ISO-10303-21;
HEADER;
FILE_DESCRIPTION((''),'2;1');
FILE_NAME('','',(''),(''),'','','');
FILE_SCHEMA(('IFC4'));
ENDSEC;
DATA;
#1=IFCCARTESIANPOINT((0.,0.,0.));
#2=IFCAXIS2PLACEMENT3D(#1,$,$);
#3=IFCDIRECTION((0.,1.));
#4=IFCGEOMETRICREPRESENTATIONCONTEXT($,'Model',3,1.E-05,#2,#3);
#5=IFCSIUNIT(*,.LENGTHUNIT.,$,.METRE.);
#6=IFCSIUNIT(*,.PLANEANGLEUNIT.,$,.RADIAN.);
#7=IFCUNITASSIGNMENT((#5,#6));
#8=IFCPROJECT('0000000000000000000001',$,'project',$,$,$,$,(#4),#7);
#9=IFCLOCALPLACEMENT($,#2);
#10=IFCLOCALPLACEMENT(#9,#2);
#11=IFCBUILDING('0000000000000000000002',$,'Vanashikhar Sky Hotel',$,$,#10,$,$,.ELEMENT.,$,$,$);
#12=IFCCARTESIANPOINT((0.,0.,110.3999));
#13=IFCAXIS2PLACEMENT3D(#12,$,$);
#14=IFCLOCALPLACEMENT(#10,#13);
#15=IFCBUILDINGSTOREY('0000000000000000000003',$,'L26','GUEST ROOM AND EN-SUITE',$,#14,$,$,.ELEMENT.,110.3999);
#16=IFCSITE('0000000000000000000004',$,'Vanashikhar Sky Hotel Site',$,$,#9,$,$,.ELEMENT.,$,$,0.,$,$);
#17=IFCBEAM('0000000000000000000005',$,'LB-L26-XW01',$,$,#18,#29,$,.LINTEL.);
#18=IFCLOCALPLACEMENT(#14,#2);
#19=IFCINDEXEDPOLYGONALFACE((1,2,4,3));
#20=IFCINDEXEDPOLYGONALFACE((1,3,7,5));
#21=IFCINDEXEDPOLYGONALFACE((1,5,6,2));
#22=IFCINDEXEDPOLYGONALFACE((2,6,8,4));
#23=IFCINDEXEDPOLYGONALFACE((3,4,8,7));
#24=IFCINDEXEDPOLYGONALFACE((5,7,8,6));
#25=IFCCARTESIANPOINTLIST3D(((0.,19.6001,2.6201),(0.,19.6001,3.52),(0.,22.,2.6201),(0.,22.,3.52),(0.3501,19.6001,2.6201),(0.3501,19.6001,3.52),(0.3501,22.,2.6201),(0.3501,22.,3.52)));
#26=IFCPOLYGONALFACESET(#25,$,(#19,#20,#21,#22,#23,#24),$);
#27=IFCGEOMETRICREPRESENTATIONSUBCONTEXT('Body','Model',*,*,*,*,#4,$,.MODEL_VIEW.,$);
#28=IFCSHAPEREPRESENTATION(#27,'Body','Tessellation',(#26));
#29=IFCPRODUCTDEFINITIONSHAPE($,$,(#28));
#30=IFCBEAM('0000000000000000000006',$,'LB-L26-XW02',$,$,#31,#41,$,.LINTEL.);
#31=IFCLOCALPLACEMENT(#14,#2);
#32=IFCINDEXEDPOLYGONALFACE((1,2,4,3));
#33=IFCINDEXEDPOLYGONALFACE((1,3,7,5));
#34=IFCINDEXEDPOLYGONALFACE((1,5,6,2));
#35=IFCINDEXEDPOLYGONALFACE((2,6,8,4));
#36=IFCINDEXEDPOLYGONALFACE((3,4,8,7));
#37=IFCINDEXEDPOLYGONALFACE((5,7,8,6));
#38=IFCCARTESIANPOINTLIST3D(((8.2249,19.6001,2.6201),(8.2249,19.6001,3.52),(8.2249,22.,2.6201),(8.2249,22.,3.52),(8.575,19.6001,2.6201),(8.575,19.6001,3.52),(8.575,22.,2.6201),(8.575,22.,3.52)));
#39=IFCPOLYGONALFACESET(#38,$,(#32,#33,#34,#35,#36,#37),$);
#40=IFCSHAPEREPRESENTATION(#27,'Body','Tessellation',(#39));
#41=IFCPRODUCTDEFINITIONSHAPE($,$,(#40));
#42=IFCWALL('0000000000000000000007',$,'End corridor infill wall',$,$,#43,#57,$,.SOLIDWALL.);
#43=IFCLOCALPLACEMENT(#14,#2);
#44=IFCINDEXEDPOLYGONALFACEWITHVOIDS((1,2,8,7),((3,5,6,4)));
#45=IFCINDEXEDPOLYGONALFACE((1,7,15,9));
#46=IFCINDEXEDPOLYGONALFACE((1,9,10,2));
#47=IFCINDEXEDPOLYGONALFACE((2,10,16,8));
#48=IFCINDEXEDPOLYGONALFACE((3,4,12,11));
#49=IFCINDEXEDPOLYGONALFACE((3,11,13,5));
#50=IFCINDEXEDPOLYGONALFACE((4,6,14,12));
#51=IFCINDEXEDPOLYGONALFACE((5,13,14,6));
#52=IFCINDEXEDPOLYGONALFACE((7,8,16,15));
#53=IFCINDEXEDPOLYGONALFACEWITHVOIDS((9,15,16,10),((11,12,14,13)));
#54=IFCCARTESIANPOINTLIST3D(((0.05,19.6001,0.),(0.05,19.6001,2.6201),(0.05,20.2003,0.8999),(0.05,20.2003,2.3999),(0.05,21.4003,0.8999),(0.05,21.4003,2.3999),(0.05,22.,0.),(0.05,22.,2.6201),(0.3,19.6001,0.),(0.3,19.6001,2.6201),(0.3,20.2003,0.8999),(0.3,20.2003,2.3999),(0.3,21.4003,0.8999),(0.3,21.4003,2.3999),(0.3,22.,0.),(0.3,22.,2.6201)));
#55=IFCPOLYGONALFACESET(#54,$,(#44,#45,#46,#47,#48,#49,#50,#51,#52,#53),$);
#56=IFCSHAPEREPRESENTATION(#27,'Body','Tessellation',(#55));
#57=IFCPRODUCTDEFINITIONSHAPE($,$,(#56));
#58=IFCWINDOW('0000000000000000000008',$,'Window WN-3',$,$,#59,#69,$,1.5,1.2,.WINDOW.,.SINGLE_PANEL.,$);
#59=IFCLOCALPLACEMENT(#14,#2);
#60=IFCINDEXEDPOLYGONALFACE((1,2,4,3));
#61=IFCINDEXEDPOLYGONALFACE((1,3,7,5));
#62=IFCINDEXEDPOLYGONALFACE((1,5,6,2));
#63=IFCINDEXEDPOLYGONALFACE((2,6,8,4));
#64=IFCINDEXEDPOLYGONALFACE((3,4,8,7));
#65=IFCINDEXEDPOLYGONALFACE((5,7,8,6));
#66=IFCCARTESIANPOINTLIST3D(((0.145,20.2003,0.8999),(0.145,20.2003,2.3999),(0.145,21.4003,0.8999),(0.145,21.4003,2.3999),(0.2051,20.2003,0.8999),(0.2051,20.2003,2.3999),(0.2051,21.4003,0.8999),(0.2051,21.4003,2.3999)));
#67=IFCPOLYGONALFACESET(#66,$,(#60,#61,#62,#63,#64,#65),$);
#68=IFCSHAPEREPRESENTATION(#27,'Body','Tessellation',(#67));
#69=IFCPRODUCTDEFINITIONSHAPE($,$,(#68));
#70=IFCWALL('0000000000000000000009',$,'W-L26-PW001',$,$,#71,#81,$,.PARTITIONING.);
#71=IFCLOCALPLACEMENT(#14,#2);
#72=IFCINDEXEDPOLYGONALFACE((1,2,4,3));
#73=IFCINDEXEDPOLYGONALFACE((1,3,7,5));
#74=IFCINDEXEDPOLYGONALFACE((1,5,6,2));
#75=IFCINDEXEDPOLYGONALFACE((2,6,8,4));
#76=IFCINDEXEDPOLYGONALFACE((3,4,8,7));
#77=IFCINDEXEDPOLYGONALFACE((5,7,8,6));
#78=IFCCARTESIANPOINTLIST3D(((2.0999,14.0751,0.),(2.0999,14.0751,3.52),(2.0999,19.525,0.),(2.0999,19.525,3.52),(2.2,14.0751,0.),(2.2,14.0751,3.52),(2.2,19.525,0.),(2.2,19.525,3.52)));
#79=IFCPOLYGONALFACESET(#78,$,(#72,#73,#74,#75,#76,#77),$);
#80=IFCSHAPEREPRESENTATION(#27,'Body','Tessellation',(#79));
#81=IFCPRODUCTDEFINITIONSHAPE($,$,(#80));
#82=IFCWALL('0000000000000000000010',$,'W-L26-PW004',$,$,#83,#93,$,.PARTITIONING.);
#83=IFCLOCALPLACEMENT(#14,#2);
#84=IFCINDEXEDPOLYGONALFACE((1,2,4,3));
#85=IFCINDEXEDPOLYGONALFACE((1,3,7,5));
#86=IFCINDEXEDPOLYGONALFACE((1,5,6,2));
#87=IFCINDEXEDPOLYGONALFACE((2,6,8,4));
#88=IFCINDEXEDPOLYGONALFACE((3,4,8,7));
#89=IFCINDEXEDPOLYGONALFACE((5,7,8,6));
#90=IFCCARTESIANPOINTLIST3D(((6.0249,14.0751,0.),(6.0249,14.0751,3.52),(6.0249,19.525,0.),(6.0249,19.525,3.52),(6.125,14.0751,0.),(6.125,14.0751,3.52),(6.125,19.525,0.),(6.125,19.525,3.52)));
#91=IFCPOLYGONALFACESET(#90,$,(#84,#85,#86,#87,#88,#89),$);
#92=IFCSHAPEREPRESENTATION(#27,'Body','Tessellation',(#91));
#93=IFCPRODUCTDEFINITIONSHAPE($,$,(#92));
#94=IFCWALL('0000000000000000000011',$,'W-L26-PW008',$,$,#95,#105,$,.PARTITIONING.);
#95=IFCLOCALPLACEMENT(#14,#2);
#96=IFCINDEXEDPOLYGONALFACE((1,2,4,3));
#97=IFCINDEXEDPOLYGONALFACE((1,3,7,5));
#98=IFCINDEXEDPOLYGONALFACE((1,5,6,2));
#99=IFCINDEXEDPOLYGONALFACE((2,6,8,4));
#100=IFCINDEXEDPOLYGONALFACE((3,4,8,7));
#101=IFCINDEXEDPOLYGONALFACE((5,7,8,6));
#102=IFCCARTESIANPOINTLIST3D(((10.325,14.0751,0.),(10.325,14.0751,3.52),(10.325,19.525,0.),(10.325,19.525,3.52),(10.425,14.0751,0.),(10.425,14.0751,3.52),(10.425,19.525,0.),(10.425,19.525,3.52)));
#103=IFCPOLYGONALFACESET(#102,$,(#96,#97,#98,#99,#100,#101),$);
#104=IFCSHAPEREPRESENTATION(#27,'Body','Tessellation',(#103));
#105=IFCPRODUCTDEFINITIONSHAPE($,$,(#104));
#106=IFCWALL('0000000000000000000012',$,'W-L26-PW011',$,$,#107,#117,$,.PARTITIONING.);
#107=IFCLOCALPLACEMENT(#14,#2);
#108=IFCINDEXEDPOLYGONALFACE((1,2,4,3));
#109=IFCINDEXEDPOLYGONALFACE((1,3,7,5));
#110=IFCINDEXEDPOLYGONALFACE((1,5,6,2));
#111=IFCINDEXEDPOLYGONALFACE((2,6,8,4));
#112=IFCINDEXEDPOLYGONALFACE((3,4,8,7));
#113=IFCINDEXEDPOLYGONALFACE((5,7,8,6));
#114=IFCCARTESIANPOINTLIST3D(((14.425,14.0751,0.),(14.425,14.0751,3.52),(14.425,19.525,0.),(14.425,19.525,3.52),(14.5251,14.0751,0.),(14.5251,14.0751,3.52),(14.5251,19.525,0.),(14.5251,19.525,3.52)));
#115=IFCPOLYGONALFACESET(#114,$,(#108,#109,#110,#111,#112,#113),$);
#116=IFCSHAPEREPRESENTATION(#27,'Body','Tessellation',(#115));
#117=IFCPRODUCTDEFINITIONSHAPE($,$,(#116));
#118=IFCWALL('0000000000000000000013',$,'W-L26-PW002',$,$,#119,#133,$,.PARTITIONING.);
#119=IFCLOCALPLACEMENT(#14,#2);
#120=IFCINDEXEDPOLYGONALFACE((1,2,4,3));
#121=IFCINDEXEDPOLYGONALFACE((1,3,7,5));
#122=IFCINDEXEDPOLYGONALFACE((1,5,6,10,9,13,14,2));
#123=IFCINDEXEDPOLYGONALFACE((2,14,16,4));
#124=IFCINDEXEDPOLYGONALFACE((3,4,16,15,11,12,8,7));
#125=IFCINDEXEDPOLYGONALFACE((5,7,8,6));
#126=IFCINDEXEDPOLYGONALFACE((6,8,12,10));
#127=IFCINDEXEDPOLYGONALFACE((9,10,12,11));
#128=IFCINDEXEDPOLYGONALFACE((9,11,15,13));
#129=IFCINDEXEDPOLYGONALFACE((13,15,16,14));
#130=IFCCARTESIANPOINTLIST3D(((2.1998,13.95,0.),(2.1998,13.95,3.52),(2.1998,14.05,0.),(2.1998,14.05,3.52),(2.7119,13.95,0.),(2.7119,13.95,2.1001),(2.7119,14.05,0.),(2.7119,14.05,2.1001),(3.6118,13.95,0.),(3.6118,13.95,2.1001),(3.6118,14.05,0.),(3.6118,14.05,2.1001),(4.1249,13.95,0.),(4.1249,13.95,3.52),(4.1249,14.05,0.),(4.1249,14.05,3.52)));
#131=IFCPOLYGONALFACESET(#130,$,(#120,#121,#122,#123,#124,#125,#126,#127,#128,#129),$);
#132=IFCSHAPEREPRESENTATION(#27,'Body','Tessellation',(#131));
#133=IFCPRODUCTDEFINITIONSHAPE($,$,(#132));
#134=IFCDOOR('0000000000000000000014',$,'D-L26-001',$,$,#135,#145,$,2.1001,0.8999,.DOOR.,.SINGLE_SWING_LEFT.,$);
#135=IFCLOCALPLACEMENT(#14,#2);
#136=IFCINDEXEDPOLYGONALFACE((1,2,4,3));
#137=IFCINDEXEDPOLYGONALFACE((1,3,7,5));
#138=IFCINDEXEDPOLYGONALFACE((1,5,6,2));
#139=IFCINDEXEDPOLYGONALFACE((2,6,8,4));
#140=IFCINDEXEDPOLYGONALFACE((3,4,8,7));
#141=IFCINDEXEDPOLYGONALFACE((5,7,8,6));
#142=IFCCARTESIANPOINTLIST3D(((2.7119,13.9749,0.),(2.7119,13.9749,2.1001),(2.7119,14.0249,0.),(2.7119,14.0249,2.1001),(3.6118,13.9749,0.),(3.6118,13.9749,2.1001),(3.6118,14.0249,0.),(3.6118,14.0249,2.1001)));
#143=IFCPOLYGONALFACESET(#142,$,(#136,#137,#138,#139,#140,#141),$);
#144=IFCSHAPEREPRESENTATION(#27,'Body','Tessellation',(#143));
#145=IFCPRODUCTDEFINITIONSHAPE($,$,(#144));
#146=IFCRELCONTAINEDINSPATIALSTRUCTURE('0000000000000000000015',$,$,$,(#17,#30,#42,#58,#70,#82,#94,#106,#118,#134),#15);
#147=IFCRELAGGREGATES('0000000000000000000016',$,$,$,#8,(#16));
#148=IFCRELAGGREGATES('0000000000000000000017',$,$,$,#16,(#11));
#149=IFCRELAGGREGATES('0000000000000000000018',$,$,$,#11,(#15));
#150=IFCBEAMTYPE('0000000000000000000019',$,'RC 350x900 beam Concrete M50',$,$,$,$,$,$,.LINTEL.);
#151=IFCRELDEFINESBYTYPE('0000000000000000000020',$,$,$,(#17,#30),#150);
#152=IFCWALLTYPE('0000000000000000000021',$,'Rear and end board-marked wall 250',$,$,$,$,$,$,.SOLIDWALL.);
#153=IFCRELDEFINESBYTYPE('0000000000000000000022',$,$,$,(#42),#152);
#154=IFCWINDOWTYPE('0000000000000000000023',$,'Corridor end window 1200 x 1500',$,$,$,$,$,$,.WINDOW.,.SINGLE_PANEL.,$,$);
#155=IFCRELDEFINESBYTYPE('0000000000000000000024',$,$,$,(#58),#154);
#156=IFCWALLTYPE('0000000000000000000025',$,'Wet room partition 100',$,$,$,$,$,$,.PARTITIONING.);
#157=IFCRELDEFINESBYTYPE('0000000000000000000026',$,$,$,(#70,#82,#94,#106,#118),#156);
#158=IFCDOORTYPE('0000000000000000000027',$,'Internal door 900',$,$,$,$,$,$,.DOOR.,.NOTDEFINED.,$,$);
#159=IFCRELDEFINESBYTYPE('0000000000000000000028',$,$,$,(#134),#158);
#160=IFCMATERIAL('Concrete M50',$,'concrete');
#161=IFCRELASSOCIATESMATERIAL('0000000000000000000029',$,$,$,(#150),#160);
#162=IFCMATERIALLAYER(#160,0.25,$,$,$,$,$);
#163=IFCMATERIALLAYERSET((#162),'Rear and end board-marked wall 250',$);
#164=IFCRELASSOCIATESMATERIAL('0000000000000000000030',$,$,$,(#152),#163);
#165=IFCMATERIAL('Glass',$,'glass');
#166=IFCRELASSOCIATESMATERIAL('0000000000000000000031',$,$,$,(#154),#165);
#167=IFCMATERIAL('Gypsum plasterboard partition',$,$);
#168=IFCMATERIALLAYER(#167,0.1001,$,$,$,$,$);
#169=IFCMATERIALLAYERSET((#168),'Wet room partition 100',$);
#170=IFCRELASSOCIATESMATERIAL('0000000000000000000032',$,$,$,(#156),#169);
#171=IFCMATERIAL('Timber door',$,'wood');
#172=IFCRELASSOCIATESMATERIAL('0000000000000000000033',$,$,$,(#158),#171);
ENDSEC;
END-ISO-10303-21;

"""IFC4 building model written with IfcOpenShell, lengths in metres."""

from ifc_helpers import new_model, si_unit, direction, frame, frame_2d, origin, origin_2d, place, context, subcontext, project, spatial, rectangle, extrude, source, transform, mapped, material, layer, layer_set, material_profile, profile_set, type_object, element, fill, save


model = new_model("IFC4")

# Units and contexts
model_context = context("Model", 3, precision=1e-05, world=origin(), true_north=direction((0.0, 1.0)))
body_context = subcontext(model_context, "Body", "Model", "MODEL_VIEW")
ifc_project = project(units=[si_unit("LENGTHUNIT", "METRE"), si_unit("PLANEANGLEUNIT", "RADIAN")], contexts=[model_context])

# Site, building, storey
site_placement = place(None, origin())
site = spatial("IfcSite", under=ifc_project, at=site_placement, Name="Vanashikhar Sky Hotel Site", CompositionType="ELEMENT", RefElevation=0.0)
building_placement = place(site_placement, origin())
building = spatial("IfcBuilding", under=site, at=building_placement, Name="Vanashikhar Sky Hotel", CompositionType="ELEMENT")
storey_placement = place(building_placement, frame((0.0, 0.0, 110.3999)))
storey = spatial("IfcBuildingStorey", under=building, at=storey_placement, Name="L26", Description="GUEST ROOM AND EN-SUITE", CompositionType="ELEMENT", Elevation=110.3999)

# Beams
ifc_material_1 = material(Name="Concrete M50", Category="concrete")
ifc_material_profile = material_profile(ifc_material_1, rectangle(XDim=0.3501, YDim=0.8999, at=origin_2d()))
ifc_profile_set = profile_set([ifc_material_profile], Name="RC 350x900 beam Concrete M50")
beam_type = type_object("IfcBeamType", Name="RC 350x900 beam Concrete M50", PredefinedType="LINTEL", material=ifc_profile_set)
shared_shape_1 = source(origin(), body_context, "Body", "SweptSolid", [
    extrude(rectangle(XDim=0.3501, YDim=0.8999, at=origin_2d()), origin(), (0.0, 0.0, 1.0), 2.3999),
])
for number, where, z_axis, x_axis, name in (
    (1, (0.175, 19.6001, 3.0701), (0.0, 1.0, 0.0), (-1.0, 0.0, 0.0), "LB-L26-XW01"),
    (2, (8.3999, 19.6001, 3.0701), (0.0, 1.0, 0.0), (-1.0, 0.0, 0.0), "LB-L26-XW02"),
):
    element("IfcBeam", number, at=place(storey_placement, frame(where, z_axis=z_axis, x_axis=x_axis)), inside=storey, type_object=beam_type, Name=name, PredefinedType="LINTEL", context=body_context, shape_type="MappedRepresentation", body=[
        mapped(shared_shape_1, transform((0.0, 0.0, 0.0), scale=1.0)),
    ])

# Wall, opening, window
ifc_layer_1 = layer(ifc_material_1, 0.25)
ifc_layer_set_1 = layer_set([ifc_layer_1], Name="Rear and end board-marked wall 250")
wall_type_1 = type_object("IfcWallType", Name="Rear and end board-marked wall 250", PredefinedType="SOLIDWALL", material=ifc_layer_set_1)
shared_shape_2 = source(origin(), body_context, "Body", "SweptSolid", [
    extrude(rectangle(XDim=2.3999, YDim=0.25, at=frame_2d((1.2, 0.0))), origin(), (0.0, 0.0, 1.0), 2.6201),
])
wall_1_placement = place(storey_placement, frame((0.175, 19.6001, 0.0), z_axis=(0.0, 0.0, 1.0), x_axis=(0.0, 1.0, 0.0)))
wall_1 = element("IfcWall", 3, at=wall_1_placement, inside=storey, type_object=wall_type_1, Name="End corridor infill wall", PredefinedType="SOLIDWALL", context=body_context, shape_type="MappedRepresentation", body=[
    mapped(shared_shape_2, transform((0.0, 0.0, 0.0), scale=1.0)),
])
shared_shape_3 = source(origin(), body_context, "Body", "SweptSolid", [
    extrude(rectangle(XDim=1.2, YDim=1.5, at=frame_2d((0.6001, 0.75))), frame((0.0, 0.135, 0.0), z_axis=(0.0, -1.0, 0.0), x_axis=(1.0, 0.0, 0.0)), (0.0, 0.0, 1.0), 0.27),
])
opening_1_placement = place(wall_1_placement, frame((0.6001, 0.0, 0.8999)))
opening_1 = element("IfcOpeningElement", 4, at=opening_1_placement, cuts=wall_1, PredefinedType="OPENING", context=body_context, shape_type="MappedRepresentation", body=[
    mapped(shared_shape_3, transform((0.0, 0.0, 0.0), scale=1.0)),
])
ifc_material_2 = material(Name="Glass", Category="glass")
window_type = type_object("IfcWindowType", Name="Corridor end window 1200 x 1500", PartitioningType="SINGLE_PANEL", PredefinedType="WINDOW", material=ifc_material_2)
shared_shape_4 = source(origin(), body_context, "Body", "SweptSolid", [
    extrude(rectangle(XDim=1.2, YDim=1.5, at=frame_2d((0.6001, 0.75))), frame((0.0, 0.03, 0.0), z_axis=(0.0, -1.0, 0.0), x_axis=(1.0, 0.0, 0.0)), (0.0, 0.0, 1.0), 0.0601),
])
window_placement = place(opening_1_placement, origin())
window = element("IfcWindow", 5, at=window_placement, inside=storey, type_object=window_type, Name="Window WN-3", OverallHeight=1.5, OverallWidth=1.2, PartitioningType="SINGLE_PANEL", PredefinedType="WINDOW", context=body_context, shape_type="MappedRepresentation", body=[
    mapped(shared_shape_4, transform((0.0, 0.0, 0.0), scale=1.0)),
])
fill(opening_1, window)

# Walls
ifc_material_3 = material(Name="Gypsum plasterboard partition")
ifc_layer_2 = layer(ifc_material_3, 0.1001)
ifc_layer_set_2 = layer_set([ifc_layer_2], Name="Wet room partition 100")
wall_type_2 = type_object("IfcWallType", Name="Wet room partition 100", PredefinedType="PARTITIONING", material=ifc_layer_set_2)
shared_shape_5 = source(origin(), body_context, "Body", "SweptSolid", [
    extrude(rectangle(XDim=5.45, YDim=0.1001, at=frame_2d((2.7251, 0.0))), origin(), (0.0, 0.0, 1.0), 3.52),
])
for number, where, z_axis, x_axis, name in (
    (6, (2.1499, 14.075, 0.0), (0.0, 0.0, 1.0), (0.0, 1.0, 0.0), "W-L26-PW001"),
    (7, (6.075, 14.075, 0.0), (0.0, 0.0, 1.0), (0.0, 1.0, 0.0), "W-L26-PW004"),
    (8, (10.375, 14.075, 0.0), (0.0, 0.0, 1.0), (0.0, 1.0, 0.0), "W-L26-PW008"),
    (9, (14.4751, 14.075, 0.0), (0.0, 0.0, 1.0), (0.0, 1.0, 0.0), "W-L26-PW011"),
):
    element("IfcWall", number, at=place(storey_placement, frame(where, z_axis=z_axis, x_axis=x_axis)), inside=storey, type_object=wall_type_2, Name=name, PredefinedType="PARTITIONING", context=body_context, shape_type="MappedRepresentation", body=[
        mapped(shared_shape_5, transform((0.0, 0.0, 0.0), scale=1.0)),
    ])

# Wall, opening, door
shared_shape_6 = source(origin(), body_context, "Body", "SweptSolid", [
    extrude(rectangle(XDim=1.925, YDim=0.1001, at=frame_2d((0.9624, 0.0))), origin(), (0.0, 0.0, 1.0), 3.52),
])
wall_2_placement = place(storey_placement, frame((2.2, 14.0, 0.0), z_axis=(0.0, 0.0, 1.0), x_axis=(1.0, 0.0, 0.0)))
wall_2 = element("IfcWall", 10, at=wall_2_placement, inside=storey, type_object=wall_type_2, Name="W-L26-PW002", PredefinedType="PARTITIONING", context=body_context, shape_type="MappedRepresentation", body=[
    mapped(shared_shape_6, transform((0.0, 0.0, 0.0), scale=1.0)),
])
shared_shape_7 = source(origin(), body_context, "Body", "SweptSolid", [
    extrude(rectangle(XDim=0.8999, YDim=2.1001, at=frame_2d((0.45, 1.05))), frame((0.0, 0.0601, 0.0), z_axis=(0.0, -1.0, 0.0), x_axis=(1.0, 0.0, 0.0)), (0.0, 0.0, 1.0), 0.1201),
])
opening_2_placement = place(wall_2_placement, frame((0.512, 0.0, 0.0)))
opening_2 = element("IfcOpeningElement", 11, at=opening_2_placement, cuts=wall_2, PredefinedType="OPENING", context=body_context, shape_type="MappedRepresentation", body=[
    mapped(shared_shape_7, transform((0.0, 0.0, 0.0), scale=1.0)),
])
ifc_material_4 = material(Name="Timber door", Category="wood")
door_type_1 = type_object("IfcDoorType", Name="Internal door 900", OperationType="NOTDEFINED", PredefinedType="DOOR", material=ifc_material_4)
shared_shape_8 = source(origin(), body_context, "Body", "SweptSolid", [
    extrude(rectangle(XDim=0.8999, YDim=2.1001, at=frame_2d((0.45, 1.05))), frame((0.0, 0.0249, 0.0), z_axis=(0.0, -1.0, 0.0), x_axis=(1.0, 0.0, 0.0)), (0.0, 0.0, 1.0), 0.05),
])
door_1_placement = place(opening_2_placement, origin())
door_1 = element("IfcDoor", 12, at=door_1_placement, inside=storey, type_object=door_type_1, Name="D-L26-001", OperationType="SINGLE_SWING_LEFT", OverallHeight=2.1001, OverallWidth=0.8999, PredefinedType="DOOR", context=body_context, shape_type="MappedRepresentation", body=[
    mapped(shared_shape_8, transform((0.0, 0.0, 0.0), scale=1.0)),
])
fill(opening_2, door_1)

save(model, "model.ifc")
